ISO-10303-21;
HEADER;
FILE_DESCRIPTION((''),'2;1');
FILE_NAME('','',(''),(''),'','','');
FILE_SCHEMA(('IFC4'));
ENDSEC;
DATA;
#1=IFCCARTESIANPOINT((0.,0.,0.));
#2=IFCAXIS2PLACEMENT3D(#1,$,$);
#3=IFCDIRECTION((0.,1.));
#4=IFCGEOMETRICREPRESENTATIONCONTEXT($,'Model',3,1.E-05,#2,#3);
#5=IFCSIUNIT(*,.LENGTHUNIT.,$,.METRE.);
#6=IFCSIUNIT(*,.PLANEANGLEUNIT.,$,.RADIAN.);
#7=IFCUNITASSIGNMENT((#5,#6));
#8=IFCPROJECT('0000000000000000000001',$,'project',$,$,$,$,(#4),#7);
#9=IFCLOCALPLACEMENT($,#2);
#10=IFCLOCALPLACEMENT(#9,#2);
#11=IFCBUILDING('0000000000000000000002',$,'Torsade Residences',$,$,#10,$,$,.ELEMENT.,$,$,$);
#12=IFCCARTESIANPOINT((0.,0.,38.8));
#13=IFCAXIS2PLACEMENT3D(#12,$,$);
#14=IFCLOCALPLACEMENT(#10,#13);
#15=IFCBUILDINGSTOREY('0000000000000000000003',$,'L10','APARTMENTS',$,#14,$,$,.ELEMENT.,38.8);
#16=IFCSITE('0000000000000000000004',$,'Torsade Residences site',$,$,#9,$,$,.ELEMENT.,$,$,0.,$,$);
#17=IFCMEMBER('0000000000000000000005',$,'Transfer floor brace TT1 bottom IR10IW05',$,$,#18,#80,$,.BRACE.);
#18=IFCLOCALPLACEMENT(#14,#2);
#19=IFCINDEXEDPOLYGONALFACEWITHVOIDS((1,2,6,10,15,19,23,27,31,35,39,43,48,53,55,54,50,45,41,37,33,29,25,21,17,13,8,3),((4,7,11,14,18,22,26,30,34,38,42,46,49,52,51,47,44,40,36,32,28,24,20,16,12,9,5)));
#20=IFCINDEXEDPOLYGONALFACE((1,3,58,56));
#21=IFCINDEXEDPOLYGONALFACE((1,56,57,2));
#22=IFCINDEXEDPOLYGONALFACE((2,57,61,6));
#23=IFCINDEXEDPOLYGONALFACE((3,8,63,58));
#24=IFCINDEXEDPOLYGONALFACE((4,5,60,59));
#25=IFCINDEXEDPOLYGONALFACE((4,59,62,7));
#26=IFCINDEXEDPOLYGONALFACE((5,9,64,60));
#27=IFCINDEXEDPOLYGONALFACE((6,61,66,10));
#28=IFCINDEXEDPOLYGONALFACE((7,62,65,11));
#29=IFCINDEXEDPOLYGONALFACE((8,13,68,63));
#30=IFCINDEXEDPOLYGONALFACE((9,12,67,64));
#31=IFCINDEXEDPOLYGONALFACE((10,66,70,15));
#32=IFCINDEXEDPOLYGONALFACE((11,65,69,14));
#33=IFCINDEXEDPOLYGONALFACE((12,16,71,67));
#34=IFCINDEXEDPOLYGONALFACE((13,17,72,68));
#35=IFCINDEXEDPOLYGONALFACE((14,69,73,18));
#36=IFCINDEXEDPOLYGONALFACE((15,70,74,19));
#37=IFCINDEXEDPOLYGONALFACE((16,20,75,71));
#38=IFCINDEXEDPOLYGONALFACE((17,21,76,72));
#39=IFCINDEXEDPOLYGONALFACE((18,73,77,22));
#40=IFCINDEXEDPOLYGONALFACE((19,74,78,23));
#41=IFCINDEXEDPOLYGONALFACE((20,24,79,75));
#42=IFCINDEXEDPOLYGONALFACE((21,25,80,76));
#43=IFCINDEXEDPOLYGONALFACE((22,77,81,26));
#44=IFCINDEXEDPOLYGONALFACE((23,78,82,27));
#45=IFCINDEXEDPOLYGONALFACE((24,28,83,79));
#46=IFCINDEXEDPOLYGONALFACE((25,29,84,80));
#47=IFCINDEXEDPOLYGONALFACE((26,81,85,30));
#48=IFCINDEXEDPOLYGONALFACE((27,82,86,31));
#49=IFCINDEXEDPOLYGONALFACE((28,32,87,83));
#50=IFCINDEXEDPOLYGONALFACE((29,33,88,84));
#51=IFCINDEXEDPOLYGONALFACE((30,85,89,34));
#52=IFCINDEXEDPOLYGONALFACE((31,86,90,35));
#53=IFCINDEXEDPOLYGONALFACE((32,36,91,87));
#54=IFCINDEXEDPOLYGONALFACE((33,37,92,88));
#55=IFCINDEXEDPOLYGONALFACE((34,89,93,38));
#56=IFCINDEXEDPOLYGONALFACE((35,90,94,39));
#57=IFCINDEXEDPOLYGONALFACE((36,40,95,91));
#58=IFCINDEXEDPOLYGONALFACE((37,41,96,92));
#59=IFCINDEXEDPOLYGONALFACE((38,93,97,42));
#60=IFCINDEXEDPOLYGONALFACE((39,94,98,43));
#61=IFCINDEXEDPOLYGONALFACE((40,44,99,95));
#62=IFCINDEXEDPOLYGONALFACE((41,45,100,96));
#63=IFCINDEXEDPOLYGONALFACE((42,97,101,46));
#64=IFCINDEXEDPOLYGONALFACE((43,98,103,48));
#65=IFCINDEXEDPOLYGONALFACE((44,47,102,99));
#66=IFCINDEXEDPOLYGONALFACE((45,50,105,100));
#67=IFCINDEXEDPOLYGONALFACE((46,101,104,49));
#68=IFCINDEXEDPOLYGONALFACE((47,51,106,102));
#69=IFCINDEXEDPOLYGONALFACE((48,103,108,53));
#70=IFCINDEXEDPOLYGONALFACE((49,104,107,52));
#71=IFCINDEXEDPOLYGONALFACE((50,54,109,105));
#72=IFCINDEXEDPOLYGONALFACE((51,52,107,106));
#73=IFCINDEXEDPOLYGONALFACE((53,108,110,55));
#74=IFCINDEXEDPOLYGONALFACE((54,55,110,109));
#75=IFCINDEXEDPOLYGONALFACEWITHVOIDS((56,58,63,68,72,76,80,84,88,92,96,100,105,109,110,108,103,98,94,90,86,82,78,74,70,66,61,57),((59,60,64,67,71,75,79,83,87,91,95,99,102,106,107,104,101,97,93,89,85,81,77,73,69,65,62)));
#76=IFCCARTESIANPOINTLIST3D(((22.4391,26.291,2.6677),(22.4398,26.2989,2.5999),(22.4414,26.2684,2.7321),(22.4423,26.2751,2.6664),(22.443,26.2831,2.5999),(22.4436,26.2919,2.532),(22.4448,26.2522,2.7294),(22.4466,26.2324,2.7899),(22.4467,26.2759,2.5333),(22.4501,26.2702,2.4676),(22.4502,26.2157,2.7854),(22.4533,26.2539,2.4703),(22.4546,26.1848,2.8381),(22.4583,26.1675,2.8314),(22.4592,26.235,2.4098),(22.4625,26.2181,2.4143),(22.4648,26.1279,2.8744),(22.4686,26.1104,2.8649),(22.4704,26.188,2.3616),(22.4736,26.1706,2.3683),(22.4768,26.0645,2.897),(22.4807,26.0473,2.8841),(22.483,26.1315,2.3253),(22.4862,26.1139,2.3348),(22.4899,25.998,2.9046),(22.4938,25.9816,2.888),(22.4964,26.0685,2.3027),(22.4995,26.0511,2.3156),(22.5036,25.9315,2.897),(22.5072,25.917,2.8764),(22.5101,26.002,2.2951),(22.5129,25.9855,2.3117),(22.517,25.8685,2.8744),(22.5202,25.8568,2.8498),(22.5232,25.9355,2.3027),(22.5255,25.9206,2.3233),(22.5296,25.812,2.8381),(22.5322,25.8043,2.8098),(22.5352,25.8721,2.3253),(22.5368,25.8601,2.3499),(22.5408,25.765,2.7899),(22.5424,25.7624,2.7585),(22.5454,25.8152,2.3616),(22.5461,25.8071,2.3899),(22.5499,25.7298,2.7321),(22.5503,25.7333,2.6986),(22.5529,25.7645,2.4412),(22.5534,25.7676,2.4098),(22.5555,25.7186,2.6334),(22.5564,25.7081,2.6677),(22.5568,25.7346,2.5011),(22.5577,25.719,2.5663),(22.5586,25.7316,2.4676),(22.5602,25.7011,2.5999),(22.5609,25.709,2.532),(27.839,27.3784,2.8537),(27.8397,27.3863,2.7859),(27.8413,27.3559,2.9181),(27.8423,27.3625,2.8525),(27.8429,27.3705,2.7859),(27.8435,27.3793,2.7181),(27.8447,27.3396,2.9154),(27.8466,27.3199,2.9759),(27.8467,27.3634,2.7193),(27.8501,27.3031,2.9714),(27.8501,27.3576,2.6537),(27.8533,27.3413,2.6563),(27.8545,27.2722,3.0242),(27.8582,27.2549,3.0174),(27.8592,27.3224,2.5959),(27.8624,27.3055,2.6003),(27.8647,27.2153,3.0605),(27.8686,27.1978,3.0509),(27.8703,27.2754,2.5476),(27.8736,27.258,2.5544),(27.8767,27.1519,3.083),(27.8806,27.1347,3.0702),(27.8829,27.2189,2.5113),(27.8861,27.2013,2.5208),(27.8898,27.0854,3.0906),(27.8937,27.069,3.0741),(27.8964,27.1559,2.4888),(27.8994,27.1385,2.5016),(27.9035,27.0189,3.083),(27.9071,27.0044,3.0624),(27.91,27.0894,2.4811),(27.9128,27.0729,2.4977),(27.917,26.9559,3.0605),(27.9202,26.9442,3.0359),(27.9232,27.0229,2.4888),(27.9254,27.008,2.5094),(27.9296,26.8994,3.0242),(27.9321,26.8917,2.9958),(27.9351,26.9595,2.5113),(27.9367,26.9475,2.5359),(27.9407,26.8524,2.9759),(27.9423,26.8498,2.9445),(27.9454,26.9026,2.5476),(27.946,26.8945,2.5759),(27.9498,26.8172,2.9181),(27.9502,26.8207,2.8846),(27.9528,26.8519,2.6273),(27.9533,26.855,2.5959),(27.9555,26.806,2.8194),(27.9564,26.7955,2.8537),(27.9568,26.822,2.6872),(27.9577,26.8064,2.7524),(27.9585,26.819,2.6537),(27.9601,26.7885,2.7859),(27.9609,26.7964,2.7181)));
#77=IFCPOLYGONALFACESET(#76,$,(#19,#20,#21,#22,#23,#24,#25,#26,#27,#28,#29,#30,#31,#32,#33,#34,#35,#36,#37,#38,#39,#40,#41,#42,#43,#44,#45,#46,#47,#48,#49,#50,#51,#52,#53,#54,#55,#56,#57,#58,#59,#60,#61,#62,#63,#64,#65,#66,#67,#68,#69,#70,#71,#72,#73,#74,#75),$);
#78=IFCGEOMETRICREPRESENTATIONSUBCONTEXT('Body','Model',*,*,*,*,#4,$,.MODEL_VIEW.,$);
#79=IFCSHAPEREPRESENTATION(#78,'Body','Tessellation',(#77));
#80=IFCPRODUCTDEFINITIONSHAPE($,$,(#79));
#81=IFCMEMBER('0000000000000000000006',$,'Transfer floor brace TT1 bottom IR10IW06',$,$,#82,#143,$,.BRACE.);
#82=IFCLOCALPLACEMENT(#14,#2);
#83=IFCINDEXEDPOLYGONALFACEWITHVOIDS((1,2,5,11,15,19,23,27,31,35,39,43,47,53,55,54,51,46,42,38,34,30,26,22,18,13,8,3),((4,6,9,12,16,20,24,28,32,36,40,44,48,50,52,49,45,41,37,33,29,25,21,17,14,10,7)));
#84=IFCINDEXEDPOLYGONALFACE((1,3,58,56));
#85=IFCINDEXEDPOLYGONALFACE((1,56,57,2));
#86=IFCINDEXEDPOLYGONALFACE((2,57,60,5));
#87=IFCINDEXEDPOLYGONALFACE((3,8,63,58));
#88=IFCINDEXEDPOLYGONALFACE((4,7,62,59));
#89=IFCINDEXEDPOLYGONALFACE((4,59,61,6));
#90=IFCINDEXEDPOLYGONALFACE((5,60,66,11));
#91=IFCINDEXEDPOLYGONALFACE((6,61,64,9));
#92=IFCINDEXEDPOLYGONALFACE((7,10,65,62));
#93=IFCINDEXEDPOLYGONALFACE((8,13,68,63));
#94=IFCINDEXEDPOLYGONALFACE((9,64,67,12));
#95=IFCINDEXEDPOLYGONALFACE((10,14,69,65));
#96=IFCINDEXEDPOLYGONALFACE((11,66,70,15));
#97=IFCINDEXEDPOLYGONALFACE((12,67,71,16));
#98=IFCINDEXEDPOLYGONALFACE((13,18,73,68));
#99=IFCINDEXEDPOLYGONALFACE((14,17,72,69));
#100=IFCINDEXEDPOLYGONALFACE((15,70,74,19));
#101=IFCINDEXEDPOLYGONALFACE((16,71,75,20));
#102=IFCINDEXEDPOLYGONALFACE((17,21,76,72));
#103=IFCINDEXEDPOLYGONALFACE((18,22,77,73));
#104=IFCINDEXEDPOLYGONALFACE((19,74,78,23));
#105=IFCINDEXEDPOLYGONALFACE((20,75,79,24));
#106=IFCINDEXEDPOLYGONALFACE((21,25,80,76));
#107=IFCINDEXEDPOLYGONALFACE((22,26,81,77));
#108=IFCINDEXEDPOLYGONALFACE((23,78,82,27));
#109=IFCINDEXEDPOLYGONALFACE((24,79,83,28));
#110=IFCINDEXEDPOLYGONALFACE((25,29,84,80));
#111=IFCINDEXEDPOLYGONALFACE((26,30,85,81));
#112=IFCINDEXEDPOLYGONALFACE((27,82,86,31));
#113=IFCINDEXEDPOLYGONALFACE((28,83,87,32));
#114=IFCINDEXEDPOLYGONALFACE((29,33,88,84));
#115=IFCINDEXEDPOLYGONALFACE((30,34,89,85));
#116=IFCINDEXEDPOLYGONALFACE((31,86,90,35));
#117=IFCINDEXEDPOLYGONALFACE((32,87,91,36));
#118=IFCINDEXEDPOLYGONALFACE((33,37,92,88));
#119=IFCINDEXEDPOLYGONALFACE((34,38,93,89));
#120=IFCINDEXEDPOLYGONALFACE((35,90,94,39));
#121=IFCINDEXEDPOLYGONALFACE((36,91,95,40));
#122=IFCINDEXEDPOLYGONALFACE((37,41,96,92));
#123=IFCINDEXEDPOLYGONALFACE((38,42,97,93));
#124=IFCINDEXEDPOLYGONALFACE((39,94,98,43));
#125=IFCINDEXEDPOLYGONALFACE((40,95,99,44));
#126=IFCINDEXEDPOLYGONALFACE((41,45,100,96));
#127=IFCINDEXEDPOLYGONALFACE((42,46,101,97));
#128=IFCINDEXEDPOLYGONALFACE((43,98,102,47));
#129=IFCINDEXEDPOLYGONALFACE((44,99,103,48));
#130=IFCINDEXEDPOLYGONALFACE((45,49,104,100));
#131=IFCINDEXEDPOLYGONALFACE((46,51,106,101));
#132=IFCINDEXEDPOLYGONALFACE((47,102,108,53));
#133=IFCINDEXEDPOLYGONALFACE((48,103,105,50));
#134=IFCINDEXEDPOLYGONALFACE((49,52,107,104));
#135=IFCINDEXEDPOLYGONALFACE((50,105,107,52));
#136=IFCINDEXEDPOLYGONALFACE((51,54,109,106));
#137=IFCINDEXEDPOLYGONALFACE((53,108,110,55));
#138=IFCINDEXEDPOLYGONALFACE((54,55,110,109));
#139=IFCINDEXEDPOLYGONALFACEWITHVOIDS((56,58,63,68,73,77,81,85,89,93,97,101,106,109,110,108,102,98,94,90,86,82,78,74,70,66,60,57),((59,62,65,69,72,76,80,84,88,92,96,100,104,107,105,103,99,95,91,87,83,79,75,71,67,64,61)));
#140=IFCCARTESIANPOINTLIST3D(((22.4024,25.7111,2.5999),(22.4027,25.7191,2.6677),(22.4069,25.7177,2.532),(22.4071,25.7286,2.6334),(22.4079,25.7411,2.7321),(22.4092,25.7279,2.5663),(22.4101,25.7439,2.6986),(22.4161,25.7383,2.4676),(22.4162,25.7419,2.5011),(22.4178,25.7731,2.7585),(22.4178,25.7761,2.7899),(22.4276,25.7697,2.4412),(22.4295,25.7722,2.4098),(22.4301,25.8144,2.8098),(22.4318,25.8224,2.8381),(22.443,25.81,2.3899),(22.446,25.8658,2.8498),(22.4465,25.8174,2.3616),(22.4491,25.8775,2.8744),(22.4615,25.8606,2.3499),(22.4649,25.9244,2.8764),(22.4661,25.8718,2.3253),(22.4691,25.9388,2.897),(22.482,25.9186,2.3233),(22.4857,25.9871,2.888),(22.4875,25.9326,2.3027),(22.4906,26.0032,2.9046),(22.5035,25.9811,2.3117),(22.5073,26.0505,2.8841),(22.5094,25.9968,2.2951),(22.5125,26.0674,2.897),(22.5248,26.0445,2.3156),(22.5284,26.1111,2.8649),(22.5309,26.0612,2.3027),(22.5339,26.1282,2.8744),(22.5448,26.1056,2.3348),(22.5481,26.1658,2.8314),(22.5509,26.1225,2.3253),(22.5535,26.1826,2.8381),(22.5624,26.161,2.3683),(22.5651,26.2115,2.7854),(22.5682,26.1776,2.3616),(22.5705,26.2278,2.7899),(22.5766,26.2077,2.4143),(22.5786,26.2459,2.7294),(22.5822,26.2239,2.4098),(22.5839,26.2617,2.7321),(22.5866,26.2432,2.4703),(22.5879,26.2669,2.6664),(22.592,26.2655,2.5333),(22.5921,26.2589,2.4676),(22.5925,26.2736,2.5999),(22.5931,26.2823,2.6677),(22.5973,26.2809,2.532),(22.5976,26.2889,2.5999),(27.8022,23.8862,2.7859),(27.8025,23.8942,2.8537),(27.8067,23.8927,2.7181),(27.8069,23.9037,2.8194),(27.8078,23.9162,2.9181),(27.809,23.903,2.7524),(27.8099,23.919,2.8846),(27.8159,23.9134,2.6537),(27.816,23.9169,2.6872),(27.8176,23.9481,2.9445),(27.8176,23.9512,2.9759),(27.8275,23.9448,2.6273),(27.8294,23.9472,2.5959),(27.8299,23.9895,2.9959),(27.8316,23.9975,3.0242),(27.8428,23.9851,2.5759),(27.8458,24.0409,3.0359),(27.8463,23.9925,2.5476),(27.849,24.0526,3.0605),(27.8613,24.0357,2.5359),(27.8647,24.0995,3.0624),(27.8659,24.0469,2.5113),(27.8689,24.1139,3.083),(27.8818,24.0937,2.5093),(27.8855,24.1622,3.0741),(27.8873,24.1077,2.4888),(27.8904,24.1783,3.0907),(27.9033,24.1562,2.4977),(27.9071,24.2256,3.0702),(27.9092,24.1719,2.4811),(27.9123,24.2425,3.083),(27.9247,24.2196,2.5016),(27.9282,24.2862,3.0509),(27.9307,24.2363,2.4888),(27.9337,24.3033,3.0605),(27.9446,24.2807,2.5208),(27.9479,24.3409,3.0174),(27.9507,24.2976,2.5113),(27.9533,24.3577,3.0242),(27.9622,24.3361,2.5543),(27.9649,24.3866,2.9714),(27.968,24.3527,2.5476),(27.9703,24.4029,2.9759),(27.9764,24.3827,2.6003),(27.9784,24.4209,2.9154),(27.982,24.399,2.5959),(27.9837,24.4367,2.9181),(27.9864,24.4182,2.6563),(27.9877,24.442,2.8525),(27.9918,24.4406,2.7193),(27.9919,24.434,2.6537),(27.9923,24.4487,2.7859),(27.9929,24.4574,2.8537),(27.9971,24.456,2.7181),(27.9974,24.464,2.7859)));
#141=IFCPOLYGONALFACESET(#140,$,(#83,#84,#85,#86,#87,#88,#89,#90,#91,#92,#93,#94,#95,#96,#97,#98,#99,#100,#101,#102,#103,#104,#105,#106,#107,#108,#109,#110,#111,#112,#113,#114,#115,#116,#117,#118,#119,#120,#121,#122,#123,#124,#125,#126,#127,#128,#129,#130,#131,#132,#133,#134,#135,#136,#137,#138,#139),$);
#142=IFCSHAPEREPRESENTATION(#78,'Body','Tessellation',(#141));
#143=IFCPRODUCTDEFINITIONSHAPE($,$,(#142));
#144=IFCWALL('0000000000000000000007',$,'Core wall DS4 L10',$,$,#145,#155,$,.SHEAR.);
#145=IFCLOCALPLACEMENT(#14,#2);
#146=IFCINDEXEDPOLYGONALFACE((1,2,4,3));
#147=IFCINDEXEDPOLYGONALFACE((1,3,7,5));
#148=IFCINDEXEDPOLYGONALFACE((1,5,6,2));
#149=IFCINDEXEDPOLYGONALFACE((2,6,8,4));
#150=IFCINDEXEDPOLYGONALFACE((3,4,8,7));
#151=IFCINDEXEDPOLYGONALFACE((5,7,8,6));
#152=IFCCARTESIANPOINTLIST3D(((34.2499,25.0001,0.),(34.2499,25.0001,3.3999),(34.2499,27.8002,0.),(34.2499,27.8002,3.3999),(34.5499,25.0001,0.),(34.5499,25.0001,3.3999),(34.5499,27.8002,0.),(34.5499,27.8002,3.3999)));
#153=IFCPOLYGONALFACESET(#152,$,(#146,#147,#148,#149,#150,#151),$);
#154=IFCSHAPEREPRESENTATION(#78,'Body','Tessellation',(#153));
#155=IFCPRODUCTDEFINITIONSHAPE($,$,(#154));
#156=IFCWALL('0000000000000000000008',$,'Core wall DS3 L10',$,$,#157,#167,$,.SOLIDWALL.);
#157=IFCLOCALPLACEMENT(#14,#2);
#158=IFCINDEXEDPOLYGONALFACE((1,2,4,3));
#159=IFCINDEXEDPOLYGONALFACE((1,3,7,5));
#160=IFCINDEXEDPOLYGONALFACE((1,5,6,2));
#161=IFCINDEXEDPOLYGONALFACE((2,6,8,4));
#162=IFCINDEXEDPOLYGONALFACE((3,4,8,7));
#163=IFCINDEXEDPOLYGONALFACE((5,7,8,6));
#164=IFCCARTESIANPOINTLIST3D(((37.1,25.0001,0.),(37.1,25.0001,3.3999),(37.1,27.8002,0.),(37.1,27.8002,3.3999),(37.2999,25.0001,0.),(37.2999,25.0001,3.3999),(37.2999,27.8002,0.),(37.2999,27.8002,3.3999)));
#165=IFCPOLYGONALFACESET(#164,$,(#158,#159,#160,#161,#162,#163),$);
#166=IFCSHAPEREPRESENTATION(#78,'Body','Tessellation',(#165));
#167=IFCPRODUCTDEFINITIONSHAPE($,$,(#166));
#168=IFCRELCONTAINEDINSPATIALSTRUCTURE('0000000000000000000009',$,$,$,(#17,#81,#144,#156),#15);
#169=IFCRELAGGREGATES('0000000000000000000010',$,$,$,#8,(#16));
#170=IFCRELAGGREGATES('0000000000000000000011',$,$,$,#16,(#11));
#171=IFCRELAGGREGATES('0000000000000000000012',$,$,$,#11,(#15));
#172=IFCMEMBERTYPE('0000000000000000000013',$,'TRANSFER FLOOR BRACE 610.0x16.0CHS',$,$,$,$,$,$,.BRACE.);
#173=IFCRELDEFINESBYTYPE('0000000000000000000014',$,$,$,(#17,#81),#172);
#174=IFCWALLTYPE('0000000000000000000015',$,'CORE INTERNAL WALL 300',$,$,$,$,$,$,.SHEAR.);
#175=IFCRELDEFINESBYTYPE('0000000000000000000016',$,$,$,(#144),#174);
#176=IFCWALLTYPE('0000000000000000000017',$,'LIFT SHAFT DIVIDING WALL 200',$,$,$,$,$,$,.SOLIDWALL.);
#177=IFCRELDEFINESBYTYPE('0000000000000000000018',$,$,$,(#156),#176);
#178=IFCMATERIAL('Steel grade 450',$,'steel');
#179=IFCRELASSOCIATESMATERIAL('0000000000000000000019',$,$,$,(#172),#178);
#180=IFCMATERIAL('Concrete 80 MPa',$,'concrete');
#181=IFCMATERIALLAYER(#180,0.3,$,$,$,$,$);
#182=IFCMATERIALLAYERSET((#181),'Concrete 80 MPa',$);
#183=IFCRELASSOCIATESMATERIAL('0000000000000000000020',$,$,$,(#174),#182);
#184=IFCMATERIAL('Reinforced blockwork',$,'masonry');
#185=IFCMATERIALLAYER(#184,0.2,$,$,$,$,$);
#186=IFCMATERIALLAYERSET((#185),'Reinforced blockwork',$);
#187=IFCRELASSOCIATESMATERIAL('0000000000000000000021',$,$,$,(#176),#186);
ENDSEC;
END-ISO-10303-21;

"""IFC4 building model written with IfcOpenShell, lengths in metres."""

from ifc_helpers import new_model, si_unit, direction, frame, frame_2d, origin, origin_2d, place, context, subcontext, project, spatial, rectangle, hollow_circle, extrude, material, layer, layer_set, material_profile, profile_set, type_object, element, save


model = new_model("IFC4")

# Units and contexts
model_context = context("Model", 3, precision=1e-05, world=origin(), true_north=direction((0.0, 1.0)))
body_context = subcontext(model_context, "Body", "Model", "MODEL_VIEW")
ifc_project = project(units=[si_unit("LENGTHUNIT", "METRE"), si_unit("PLANEANGLEUNIT", "RADIAN")], contexts=[model_context])

# Site, building, storey
site_placement = place(None, origin())
site = spatial("IfcSite", under=ifc_project, at=site_placement, Name="Torsade Residences site", CompositionType="ELEMENT", RefElevation=0.0)
building_placement = place(site_placement, origin())
building = spatial("IfcBuilding", under=site, at=building_placement, Name="Torsade Residences", CompositionType="ELEMENT")
storey_placement = place(building_placement, frame((0.0, 0.0, 38.8)))
storey = spatial("IfcBuildingStorey", under=building, at=storey_placement, Name="L10", Description="APARTMENTS", CompositionType="ELEMENT", Elevation=38.8)

# Members
ifc_material_1 = material(Name="Steel grade 450", Category="steel")
ifc_material_profile_1 = material_profile(ifc_material_1, hollow_circle(Radius=0.3049, WallThickness=0.0161, at=origin_2d()), Name="610.0x16.0CHS")
ifc_profile_set_1 = profile_set([ifc_material_profile_1], Name="Steel grade 450")
member_type = type_object("IfcMemberType", Name="TRANSFER FLOOR BRACE 610.0x16.0CHS", PredefinedType="BRACE", material=ifc_profile_set_1)
member_1_placement = place(storey_placement, frame((22.5, 26.0, 2.5999), z_axis=(0.979762, 0.197299, 0.033754), x_axis=(-0.197412, 0.980321, 0.0)))
element("IfcMember", 1, at=member_1_placement, inside=storey, type_object=member_type, Name="Transfer floor brace TT1 bottom IR10IW05", PredefinedType="BRACE", context=body_context, shape_type="SweptSolid", body=[
    extrude(hollow_circle(Radius=0.3049, WallThickness=0.0161, at=origin_2d()), origin(), (0.0, 0.0, 1.0), 5.5115),
])
member_2_placement = place(storey_placement, frame((22.5, 26.0, 2.5999), z_axis=(0.946856, -0.319999, 0.032621), x_axis=(0.32017, 0.94736, 0.0)))
element("IfcMember", 2, at=member_2_placement, inside=storey, type_object=member_type, Name="Transfer floor brace TT1 bottom IR10IW06", PredefinedType="BRACE", context=body_context, shape_type="SweptSolid", body=[
    extrude(hollow_circle(Radius=0.3049, WallThickness=0.0161, at=origin_2d()), origin(), (0.0, 0.0, 1.0), 5.7029),
])

# Walls
ifc_material_2 = material(Name="Concrete 80 MPa", Category="concrete")
ifc_layer_1 = layer(ifc_material_2, 0.3)
ifc_layer_set_1 = layer_set([ifc_layer_1], Name="Concrete 80 MPa")
wall_type_1 = type_object("IfcWallType", Name="CORE INTERNAL WALL 300", PredefinedType="SHEAR", material=ifc_layer_set_1)
wall_1_placement = place(storey_placement, frame((34.3999, 27.8, 0.0), z_axis=(0.0, 0.0, 1.0), x_axis=(0.0, -1.0, 0.0)))
element("IfcWall", 3, at=wall_1_placement, inside=storey, type_object=wall_type_1, Name="Core wall DS4 L10", PredefinedType="SHEAR", context=body_context, shape_type="SweptSolid", body=[
    extrude(rectangle(XDim=2.8, YDim=0.3, at=frame_2d((1.3999, 0.0))), origin(), (0.0, 0.0, 1.0), 3.3999),
])
ifc_material_3 = material(Name="Reinforced blockwork", Category="masonry")
ifc_layer_2 = layer(ifc_material_3, 0.2)
ifc_layer_set_2 = layer_set([ifc_layer_2], Name="Reinforced blockwork")
wall_type_2 = type_object("IfcWallType", Name="LIFT SHAFT DIVIDING WALL 200", PredefinedType="SOLIDWALL", material=ifc_layer_set_2)
wall_2_placement = place(storey_placement, frame((37.2, 27.8, 0.0), z_axis=(0.0, 0.0, 1.0), x_axis=(0.0, -1.0, 0.0)))
element("IfcWall", 4, at=wall_2_placement, inside=storey, type_object=wall_type_2, Name="Core wall DS3 L10", PredefinedType="SOLIDWALL", context=body_context, shape_type="SweptSolid", body=[
    extrude(rectangle(XDim=2.8, YDim=0.2, at=frame_2d((1.3999, 0.0))), origin(), (0.0, 0.0, 1.0), 3.3999),
])

save(model, "model.ifc")
